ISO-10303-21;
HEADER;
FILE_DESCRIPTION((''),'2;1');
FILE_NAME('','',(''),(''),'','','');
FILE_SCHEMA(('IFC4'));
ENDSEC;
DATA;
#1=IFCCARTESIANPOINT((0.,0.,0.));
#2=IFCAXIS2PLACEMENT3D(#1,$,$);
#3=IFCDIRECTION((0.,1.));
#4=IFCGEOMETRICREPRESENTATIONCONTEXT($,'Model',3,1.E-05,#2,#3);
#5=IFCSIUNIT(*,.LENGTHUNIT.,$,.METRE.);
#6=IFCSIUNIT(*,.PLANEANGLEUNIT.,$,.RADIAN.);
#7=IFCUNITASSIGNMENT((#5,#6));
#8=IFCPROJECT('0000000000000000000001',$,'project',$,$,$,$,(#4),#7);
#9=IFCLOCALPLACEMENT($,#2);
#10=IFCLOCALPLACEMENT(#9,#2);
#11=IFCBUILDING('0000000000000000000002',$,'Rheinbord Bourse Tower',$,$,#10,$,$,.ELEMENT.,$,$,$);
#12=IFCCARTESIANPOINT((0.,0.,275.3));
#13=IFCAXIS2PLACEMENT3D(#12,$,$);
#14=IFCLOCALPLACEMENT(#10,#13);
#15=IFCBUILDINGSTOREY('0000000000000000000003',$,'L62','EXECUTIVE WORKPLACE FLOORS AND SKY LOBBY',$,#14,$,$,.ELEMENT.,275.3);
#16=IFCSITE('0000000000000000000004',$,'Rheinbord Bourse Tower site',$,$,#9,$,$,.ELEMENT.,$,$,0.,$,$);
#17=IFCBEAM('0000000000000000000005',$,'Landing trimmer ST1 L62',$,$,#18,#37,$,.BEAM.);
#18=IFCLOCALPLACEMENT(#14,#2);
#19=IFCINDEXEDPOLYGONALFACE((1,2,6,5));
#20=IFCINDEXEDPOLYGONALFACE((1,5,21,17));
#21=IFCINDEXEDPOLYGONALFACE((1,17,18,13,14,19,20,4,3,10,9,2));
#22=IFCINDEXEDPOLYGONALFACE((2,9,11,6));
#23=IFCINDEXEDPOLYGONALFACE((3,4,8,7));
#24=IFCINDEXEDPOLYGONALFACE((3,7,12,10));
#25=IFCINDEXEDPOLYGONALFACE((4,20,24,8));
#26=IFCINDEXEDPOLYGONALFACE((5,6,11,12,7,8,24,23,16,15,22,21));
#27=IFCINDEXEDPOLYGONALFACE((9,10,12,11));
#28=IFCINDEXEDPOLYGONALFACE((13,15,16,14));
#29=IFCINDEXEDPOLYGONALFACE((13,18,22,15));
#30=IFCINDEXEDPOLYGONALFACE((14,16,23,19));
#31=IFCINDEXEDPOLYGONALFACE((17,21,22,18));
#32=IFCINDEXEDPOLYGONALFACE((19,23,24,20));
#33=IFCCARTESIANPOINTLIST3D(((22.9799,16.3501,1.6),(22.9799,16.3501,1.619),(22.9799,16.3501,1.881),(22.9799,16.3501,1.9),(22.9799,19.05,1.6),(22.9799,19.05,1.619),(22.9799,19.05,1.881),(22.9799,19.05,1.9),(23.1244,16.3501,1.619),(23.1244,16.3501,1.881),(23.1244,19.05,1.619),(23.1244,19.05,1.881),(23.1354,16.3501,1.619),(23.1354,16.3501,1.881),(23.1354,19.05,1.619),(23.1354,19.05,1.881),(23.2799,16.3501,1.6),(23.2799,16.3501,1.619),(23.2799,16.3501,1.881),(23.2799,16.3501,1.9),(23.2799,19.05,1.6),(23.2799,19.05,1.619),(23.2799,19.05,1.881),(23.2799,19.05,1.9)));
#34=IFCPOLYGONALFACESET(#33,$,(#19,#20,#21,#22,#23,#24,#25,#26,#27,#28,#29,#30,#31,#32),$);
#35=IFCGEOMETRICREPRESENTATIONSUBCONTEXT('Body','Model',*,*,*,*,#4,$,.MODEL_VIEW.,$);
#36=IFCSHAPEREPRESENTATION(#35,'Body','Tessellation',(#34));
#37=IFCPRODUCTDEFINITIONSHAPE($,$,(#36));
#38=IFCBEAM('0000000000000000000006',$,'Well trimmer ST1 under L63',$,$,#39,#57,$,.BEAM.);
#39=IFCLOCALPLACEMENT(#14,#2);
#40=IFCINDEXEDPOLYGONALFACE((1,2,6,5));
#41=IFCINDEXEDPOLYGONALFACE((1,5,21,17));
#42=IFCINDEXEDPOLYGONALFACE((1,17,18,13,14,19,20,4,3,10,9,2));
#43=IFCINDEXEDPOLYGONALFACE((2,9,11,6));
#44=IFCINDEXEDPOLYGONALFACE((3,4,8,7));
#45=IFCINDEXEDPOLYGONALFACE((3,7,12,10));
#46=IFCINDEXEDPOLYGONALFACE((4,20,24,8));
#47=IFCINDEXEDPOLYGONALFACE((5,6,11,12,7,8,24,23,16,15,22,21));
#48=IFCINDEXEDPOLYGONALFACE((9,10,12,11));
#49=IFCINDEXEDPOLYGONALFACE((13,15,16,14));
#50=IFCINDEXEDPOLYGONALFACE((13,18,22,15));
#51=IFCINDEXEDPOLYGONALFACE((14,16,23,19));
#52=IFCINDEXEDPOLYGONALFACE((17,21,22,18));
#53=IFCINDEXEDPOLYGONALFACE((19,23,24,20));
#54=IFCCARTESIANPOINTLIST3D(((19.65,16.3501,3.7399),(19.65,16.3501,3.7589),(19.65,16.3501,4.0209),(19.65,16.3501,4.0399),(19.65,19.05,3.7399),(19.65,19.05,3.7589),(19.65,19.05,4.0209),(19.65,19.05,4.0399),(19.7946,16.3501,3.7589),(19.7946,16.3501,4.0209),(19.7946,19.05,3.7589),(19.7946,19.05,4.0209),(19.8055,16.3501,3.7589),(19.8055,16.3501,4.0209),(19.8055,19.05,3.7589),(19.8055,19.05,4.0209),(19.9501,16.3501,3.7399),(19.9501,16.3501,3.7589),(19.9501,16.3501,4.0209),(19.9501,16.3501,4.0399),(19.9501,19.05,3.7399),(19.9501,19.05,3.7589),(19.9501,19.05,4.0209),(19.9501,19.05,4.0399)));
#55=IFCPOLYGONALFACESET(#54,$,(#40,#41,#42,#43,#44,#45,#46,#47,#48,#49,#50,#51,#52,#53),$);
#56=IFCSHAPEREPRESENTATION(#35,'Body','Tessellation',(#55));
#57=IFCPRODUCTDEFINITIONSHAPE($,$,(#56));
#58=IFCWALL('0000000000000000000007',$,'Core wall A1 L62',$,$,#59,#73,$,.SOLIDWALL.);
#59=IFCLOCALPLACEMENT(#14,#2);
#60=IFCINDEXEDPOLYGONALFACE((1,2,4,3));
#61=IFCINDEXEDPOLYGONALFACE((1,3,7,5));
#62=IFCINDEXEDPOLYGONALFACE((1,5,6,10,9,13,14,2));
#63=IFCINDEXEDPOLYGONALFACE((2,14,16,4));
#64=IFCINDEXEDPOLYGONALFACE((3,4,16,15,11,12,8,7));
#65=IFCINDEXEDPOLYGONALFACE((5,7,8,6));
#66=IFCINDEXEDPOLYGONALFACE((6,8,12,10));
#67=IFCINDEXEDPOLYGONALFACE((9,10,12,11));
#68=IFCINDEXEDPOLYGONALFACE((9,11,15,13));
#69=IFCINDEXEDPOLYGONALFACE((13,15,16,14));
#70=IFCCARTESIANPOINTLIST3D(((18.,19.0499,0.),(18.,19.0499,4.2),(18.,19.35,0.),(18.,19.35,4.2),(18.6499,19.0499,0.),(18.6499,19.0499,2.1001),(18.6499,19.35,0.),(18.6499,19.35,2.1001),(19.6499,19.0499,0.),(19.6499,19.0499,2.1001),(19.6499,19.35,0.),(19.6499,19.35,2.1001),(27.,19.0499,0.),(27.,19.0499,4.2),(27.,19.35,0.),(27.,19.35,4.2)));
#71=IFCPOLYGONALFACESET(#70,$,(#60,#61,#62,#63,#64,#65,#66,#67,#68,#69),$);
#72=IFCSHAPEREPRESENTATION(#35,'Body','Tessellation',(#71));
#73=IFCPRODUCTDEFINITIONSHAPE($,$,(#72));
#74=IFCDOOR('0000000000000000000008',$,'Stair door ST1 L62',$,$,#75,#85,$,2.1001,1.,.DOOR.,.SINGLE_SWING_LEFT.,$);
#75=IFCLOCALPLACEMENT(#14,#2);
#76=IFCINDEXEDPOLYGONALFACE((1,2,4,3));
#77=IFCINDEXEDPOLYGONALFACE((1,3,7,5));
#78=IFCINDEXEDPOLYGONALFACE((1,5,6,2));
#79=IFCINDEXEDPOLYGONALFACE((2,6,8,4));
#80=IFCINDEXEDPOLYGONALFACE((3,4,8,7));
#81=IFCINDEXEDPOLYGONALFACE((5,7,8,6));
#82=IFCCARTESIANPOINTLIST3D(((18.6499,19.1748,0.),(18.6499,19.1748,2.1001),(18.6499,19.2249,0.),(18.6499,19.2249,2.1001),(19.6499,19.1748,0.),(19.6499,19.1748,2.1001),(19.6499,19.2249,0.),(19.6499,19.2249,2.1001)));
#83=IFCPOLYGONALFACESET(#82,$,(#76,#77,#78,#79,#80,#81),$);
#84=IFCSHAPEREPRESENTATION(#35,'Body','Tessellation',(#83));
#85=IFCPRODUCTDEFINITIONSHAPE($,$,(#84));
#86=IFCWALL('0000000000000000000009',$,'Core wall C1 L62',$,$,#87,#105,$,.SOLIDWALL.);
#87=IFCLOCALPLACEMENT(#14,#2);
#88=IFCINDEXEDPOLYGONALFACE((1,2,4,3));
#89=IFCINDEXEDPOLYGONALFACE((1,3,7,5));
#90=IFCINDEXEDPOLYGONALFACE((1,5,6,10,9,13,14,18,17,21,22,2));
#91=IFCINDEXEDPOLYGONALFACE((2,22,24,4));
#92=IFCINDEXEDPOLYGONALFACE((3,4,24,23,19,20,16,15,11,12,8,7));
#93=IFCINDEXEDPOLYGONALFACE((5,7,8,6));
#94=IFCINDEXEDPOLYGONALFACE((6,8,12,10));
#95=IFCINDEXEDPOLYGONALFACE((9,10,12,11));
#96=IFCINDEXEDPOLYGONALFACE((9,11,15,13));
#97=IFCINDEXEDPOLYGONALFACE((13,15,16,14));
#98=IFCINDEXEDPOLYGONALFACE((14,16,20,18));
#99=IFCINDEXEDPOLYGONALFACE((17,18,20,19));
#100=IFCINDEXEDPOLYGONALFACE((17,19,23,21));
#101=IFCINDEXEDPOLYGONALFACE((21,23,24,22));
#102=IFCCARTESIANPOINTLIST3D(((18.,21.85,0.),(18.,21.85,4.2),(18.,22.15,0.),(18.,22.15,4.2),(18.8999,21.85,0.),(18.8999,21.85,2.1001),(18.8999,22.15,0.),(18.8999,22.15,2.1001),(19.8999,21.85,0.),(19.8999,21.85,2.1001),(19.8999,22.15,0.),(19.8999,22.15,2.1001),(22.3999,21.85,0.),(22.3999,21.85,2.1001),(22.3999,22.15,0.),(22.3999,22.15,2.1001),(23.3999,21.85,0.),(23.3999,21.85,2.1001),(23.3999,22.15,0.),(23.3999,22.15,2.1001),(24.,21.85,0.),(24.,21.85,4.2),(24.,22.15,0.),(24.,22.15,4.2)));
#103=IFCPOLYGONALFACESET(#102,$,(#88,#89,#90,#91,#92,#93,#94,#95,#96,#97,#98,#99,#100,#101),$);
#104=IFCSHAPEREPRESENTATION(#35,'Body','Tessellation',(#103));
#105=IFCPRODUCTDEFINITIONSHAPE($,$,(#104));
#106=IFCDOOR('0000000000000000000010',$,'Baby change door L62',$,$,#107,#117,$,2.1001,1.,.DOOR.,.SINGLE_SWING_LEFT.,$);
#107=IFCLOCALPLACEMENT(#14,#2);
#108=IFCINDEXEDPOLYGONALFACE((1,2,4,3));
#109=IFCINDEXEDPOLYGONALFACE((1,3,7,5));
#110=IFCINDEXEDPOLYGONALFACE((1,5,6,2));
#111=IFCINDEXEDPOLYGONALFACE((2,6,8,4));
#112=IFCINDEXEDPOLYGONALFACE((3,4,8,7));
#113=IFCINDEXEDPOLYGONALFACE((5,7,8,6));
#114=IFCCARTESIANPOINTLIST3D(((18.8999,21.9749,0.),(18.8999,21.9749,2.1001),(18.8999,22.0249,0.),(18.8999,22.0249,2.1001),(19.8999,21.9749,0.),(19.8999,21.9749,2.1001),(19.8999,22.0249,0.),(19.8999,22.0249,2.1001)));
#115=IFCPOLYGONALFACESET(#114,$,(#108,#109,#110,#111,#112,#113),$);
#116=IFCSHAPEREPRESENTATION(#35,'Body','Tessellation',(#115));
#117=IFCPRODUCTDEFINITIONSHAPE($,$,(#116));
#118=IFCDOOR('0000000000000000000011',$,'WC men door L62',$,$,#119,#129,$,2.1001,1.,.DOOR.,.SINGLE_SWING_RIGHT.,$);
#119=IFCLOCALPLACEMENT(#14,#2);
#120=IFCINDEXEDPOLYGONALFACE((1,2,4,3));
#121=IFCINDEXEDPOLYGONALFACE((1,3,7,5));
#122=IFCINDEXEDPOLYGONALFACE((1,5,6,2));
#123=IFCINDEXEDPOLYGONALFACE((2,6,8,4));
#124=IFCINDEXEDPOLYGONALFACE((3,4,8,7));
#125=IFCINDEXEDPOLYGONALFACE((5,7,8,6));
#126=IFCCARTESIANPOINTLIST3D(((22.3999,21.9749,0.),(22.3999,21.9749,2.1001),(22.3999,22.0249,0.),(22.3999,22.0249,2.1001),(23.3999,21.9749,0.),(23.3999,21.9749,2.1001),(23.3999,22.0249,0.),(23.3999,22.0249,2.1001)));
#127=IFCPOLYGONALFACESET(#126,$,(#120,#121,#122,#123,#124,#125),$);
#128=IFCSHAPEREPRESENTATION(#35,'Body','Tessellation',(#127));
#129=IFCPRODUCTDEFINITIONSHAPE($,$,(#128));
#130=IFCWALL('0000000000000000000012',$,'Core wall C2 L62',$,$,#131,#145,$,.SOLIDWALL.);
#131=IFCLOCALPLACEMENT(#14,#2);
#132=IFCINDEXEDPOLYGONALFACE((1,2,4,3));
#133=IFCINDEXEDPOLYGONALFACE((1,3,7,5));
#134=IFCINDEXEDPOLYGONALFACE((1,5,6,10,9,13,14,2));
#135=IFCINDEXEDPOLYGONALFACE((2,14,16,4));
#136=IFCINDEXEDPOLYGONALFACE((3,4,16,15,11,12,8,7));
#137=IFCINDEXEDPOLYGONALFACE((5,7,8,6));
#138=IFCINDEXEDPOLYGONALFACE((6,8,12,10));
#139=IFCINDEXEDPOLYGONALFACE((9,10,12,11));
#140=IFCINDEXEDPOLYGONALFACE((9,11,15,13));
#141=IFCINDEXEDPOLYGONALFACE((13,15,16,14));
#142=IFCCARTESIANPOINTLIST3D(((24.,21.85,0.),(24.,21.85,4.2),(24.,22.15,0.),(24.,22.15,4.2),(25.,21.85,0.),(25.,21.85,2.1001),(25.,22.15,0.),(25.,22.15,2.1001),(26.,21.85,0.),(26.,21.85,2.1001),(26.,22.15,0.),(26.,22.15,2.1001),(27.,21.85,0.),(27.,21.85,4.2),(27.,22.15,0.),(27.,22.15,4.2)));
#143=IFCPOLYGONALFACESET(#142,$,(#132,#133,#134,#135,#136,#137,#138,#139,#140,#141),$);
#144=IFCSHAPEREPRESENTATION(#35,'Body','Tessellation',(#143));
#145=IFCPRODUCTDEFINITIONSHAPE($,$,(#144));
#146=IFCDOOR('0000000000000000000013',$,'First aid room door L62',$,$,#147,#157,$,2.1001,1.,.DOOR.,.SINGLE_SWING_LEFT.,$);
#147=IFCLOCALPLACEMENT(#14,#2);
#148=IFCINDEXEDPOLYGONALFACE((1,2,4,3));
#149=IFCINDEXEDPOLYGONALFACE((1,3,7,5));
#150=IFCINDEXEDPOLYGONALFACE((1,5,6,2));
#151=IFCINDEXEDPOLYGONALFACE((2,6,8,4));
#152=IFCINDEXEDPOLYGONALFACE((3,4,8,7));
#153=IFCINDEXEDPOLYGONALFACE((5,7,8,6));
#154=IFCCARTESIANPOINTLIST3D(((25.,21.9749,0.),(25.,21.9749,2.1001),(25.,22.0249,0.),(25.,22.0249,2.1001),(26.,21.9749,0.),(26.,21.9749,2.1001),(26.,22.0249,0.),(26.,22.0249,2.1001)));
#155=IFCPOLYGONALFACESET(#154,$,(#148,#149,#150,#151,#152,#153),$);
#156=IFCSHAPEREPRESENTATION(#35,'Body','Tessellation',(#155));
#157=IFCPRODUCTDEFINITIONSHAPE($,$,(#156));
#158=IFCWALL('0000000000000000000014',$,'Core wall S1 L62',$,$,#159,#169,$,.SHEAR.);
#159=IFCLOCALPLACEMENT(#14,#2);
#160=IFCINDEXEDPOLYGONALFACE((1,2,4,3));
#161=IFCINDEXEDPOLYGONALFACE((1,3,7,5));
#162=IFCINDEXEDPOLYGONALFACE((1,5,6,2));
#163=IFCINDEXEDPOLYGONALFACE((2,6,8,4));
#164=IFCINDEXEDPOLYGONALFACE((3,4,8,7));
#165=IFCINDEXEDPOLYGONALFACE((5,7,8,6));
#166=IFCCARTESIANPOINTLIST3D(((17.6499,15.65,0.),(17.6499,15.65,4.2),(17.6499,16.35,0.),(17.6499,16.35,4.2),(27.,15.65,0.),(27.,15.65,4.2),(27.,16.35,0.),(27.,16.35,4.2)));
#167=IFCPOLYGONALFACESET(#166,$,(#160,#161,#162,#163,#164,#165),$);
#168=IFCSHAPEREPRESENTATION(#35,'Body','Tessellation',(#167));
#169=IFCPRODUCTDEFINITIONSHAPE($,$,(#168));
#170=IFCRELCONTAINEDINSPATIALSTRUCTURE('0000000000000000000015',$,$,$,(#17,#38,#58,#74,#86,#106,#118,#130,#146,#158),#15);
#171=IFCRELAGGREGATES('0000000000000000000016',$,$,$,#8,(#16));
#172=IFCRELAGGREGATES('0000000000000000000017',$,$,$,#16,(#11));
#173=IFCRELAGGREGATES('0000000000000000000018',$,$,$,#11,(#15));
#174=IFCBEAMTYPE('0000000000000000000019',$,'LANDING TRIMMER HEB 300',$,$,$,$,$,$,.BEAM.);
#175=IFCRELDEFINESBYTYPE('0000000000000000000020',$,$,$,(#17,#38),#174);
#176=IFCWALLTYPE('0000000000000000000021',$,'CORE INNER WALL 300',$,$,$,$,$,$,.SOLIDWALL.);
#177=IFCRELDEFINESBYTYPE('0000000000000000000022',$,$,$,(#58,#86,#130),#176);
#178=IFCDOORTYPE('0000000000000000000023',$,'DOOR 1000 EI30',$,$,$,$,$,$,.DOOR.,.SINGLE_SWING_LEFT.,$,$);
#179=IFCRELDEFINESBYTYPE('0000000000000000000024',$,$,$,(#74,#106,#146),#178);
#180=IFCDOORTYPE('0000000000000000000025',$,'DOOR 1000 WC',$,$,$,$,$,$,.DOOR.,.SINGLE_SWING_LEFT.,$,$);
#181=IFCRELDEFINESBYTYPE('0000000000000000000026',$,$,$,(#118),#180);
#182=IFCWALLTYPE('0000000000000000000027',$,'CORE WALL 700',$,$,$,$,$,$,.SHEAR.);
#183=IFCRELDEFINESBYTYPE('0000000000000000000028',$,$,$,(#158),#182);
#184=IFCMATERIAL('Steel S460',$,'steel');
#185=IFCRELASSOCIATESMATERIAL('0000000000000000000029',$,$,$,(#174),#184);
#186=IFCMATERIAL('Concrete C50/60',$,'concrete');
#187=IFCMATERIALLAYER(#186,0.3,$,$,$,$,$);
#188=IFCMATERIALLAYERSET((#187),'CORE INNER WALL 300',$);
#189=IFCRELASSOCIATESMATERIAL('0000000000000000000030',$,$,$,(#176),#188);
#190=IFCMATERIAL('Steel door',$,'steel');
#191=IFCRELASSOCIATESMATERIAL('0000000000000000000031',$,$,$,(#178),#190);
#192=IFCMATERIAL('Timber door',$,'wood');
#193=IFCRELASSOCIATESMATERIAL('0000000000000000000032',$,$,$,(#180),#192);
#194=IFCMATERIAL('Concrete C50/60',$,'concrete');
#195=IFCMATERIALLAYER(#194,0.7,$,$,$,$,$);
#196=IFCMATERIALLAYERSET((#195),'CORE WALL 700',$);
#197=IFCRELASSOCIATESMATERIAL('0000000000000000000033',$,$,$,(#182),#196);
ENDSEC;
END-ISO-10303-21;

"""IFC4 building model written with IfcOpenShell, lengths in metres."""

from ifc_helpers import new_model, si_unit, direction, frame, frame_2d, origin, origin_2d, place, context, subcontext, project, spatial, rectangle, i_section, extrude, material, layer, layer_set, material_profile, profile_set, type_object, element, fill, save


model = new_model("IFC4")

# Units and contexts
model_context = context("Model", 3, precision=1e-05, world=origin(), true_north=direction((0.0, 1.0)))
body_context = subcontext(model_context, "Body", "Model", "MODEL_VIEW")
ifc_project = project(units=[si_unit("LENGTHUNIT", "METRE"), si_unit("PLANEANGLEUNIT", "RADIAN")], contexts=[model_context])

# Site, building, storey
site_placement = place(None, origin())
site = spatial("IfcSite", under=ifc_project, at=site_placement, Name="Rheinbord Bourse Tower site", CompositionType="ELEMENT", RefElevation=0.0)
building_placement = place(site_placement, origin())
building = spatial("IfcBuilding", under=site, at=building_placement, Name="Rheinbord Bourse Tower", CompositionType="ELEMENT")
storey_placement = place(building_placement, frame((0.0, 0.0, 275.3)))
storey = spatial("IfcBuildingStorey", under=building, at=storey_placement, Name="L62", Description="EXECUTIVE WORKPLACE FLOORS AND SKY LOBBY", CompositionType="ELEMENT", Elevation=275.3)

# Beams
ifc_material_1 = material(Name="Steel S460", Category="steel")
ifc_material_profile = material_profile(ifc_material_1, i_section(OverallWidth=0.3, OverallDepth=0.3, WebThickness=0.011, FlangeThickness=0.019, at=origin_2d()), Name="HEB 300")
ifc_profile_set = profile_set([ifc_material_profile], Name="Steel S460")
beam_type = type_object("IfcBeamType", Name="LANDING TRIMMER HEB 300", PredefinedType="BEAM", material=ifc_profile_set)
for number, where, z_axis, x_axis, name in (
    (1, (23.1299, 16.3501, 1.75), (0.0, 1.0, 0.0), (-1.0, 0.0, 0.0), "Landing trimmer ST1 L62"),
    (2, (19.8, 16.3501, 3.8899), (0.0, 1.0, 0.0), (-1.0, 0.0, 0.0), "Well trimmer ST1 under L63"),
):
    element("IfcBeam", number, at=place(storey_placement, frame(where, z_axis=z_axis, x_axis=x_axis)), inside=storey, type_object=beam_type, Name=name, PredefinedType="BEAM", context=body_context, shape_type="SweptSolid", body=[
        extrude(i_section(OverallWidth=0.3, OverallDepth=0.3, WebThickness=0.011, FlangeThickness=0.019, at=origin_2d()), origin(), (0.0, 0.0, 1.0), 2.7),
    ])

# Wall, opening, door
ifc_material_2 = material(Name="Concrete C50/60", Category="concrete")
ifc_layer_1 = layer(ifc_material_2, 0.3)
ifc_layer_set_1 = layer_set([ifc_layer_1], Name="CORE INNER WALL 300")
wall_type_1 = type_object("IfcWallType", Name="CORE INNER WALL 300", PredefinedType="SOLIDWALL", material=ifc_layer_set_1)
wall_1_placement = place(storey_placement, frame((18.0, 19.2, 0.0), z_axis=(0.0, 0.0, 1.0), x_axis=(1.0, 0.0, 0.0)))
wall_1 = element("IfcWall", 3, at=wall_1_placement, inside=storey, type_object=wall_type_1, Name="Core wall A1 L62", PredefinedType="SOLIDWALL", context=body_context, shape_type="SweptSolid", body=[
    extrude(rectangle(XDim=9.0, YDim=0.3, at=frame_2d((4.5, 0.0))), origin(), (0.0, 0.0, 1.0), 4.2),
])
opening_1_placement = place(wall_1_placement, frame((0.6499, 0.0, 0.0)))
opening_1 = element("IfcOpeningElement", 4, at=opening_1_placement, cuts=wall_1, PredefinedType="OPENING", context=body_context, shape_type="SweptSolid", body=[
    extrude(rectangle(XDim=1.0, YDim=2.1001, at=frame_2d((0.5, 1.05))), frame((0.0, 0.1599, 0.0), z_axis=(0.0, -1.0, 0.0), x_axis=(1.0, 0.0, 0.0)), (0.0, 0.0, 1.0), 0.3201),
])
ifc_material_3 = material(Name="Steel door", Category="steel")
door_type_1 = type_object("IfcDoorType", Name="DOOR 1000 EI30", OperationType="SINGLE_SWING_LEFT", PredefinedType="DOOR", material=ifc_material_3)
door_1_placement = place(opening_1_placement, origin())
door_1 = element("IfcDoor", 5, at=door_1_placement, inside=storey, type_object=door_type_1, Name="Stair door ST1 L62", OperationType="SINGLE_SWING_LEFT", OverallHeight=2.1001, OverallWidth=1.0, PredefinedType="DOOR", context=body_context, shape_type="SweptSolid", body=[
    extrude(rectangle(XDim=1.0, YDim=2.1001, at=frame_2d((0.5, 1.05))), frame((0.0, 0.0249, 0.0), z_axis=(0.0, -1.0, 0.0), x_axis=(1.0, 0.0, 0.0)), (0.0, 0.0, 1.0), 0.05),
])
fill(opening_1, door_1)

# Wall, openings, doors
wall_2_placement = place(storey_placement, frame((18.0, 22.0, 0.0), z_axis=(0.0, 0.0, 1.0), x_axis=(1.0, 0.0, 0.0)))
wall_2 = element("IfcWall", 6, at=wall_2_placement, inside=storey, type_object=wall_type_1, Name="Core wall C1 L62", PredefinedType="SOLIDWALL", context=body_context, shape_type="SweptSolid", body=[
    extrude(rectangle(XDim=6.0, YDim=0.3, at=frame_2d((3.0, 0.0))), origin(), (0.0, 0.0, 1.0), 4.2),
])
opening_2_placement = place(wall_2_placement, frame((4.3999, 0.0, 0.0)))
opening_2 = element("IfcOpeningElement", 7, at=opening_2_placement, cuts=wall_2, PredefinedType="OPENING", context=body_context, shape_type="SweptSolid", body=[
    extrude(rectangle(XDim=1.0, YDim=2.1001, at=frame_2d((0.5, 1.05))), frame((0.0, 0.1599, 0.0), z_axis=(0.0, -1.0, 0.0), x_axis=(1.0, 0.0, 0.0)), (0.0, 0.0, 1.0), 0.3201),
])
opening_3_placement = place(wall_2_placement, frame((0.8999, 0.0, 0.0)))
opening_3 = element("IfcOpeningElement", 8, at=opening_3_placement, cuts=wall_2, PredefinedType="OPENING", context=body_context, shape_type="SweptSolid", body=[
    extrude(rectangle(XDim=1.0, YDim=2.1001, at=frame_2d((0.5, 1.05))), frame((0.0, 0.1599, 0.0), z_axis=(0.0, -1.0, 0.0), x_axis=(1.0, 0.0, 0.0)), (0.0, 0.0, 1.0), 0.3201),
])
door_2_placement = place(opening_3_placement, origin())
door_2 = element("IfcDoor", 9, at=door_2_placement, inside=storey, type_object=door_type_1, Name="Baby change door L62", OperationType="SINGLE_SWING_LEFT", OverallHeight=2.1001, OverallWidth=1.0, PredefinedType="DOOR", context=body_context, shape_type="SweptSolid", body=[
    extrude(rectangle(XDim=1.0, YDim=2.1001, at=frame_2d((0.5, 1.05))), frame((0.0, 0.0249, 0.0), z_axis=(0.0, -1.0, 0.0), x_axis=(1.0, 0.0, 0.0)), (0.0, 0.0, 1.0), 0.05),
])
fill(opening_3, door_2)
ifc_material_4 = material(Name="Timber door", Category="wood")
door_type_2 = type_object("IfcDoorType", Name="DOOR 1000 WC", OperationType="SINGLE_SWING_LEFT", PredefinedType="DOOR", material=ifc_material_4)
door_3_placement = place(opening_2_placement, origin())
door_3 = element("IfcDoor", 10, at=door_3_placement, inside=storey, type_object=door_type_2, Name="WC men door L62", OperationType="SINGLE_SWING_RIGHT", OverallHeight=2.1001, OverallWidth=1.0, PredefinedType="DOOR", context=body_context, shape_type="SweptSolid", body=[
    extrude(rectangle(XDim=1.0, YDim=2.1001, at=frame_2d((0.5, 1.05))), frame((0.0, 0.0249, 0.0), z_axis=(0.0, -1.0, 0.0), x_axis=(1.0, 0.0, 0.0)), (0.0, 0.0, 1.0), 0.05),
])
fill(opening_2, door_3)

# Wall, opening, door
wall_3_placement = place(storey_placement, frame((24.0, 22.0, 0.0), z_axis=(0.0, 0.0, 1.0), x_axis=(1.0, 0.0, 0.0)))
wall_3 = element("IfcWall", 11, at=wall_3_placement, inside=storey, type_object=wall_type_1, Name="Core wall C2 L62", PredefinedType="SOLIDWALL", context=body_context, shape_type="SweptSolid", body=[
    extrude(rectangle(XDim=3.0, YDim=0.3, at=frame_2d((1.5, 0.0))), origin(), (0.0, 0.0, 1.0), 4.2),
])
opening_4_placement = place(wall_3_placement, frame((1.0, 0.0, 0.0)))
opening_4 = element("IfcOpeningElement", 12, at=opening_4_placement, cuts=wall_3, PredefinedType="OPENING", context=body_context, shape_type="SweptSolid", body=[
    extrude(rectangle(XDim=1.0, YDim=2.1001, at=frame_2d((0.5, 1.05))), frame((0.0, 0.1599, 0.0), z_axis=(0.0, -1.0, 0.0), x_axis=(1.0, 0.0, 0.0)), (0.0, 0.0, 1.0), 0.3201),
])
door_4_placement = place(opening_4_placement, origin())
door_4 = element("IfcDoor", 13, at=door_4_placement, inside=storey, type_object=door_type_1, Name="First aid room door L62", OperationType="SINGLE_SWING_LEFT", OverallHeight=2.1001, OverallWidth=1.0, PredefinedType="DOOR", context=body_context, shape_type="SweptSolid", body=[
    extrude(rectangle(XDim=1.0, YDim=2.1001, at=frame_2d((0.5, 1.05))), frame((0.0, 0.0249, 0.0), z_axis=(0.0, -1.0, 0.0), x_axis=(1.0, 0.0, 0.0)), (0.0, 0.0, 1.0), 0.05),
])
fill(opening_4, door_4)

# Wall
ifc_material_5 = material(Name="Concrete C50/60", Category="concrete")
ifc_layer_2 = layer(ifc_material_5, 0.7)
ifc_layer_set_2 = layer_set([ifc_layer_2], Name="CORE WALL 700")
wall_type_2 = type_object("IfcWallType", Name="CORE WALL 700", PredefinedType="SHEAR", material=ifc_layer_set_2)
wall_4_placement = place(storey_placement, frame((17.6499, 16.0, 0.0), z_axis=(0.0, 0.0, 1.0), x_axis=(1.0, 0.0, 0.0)))
element("IfcWall", 14, at=wall_4_placement, inside=storey, type_object=wall_type_2, Name="Core wall S1 L62", PredefinedType="SHEAR", context=body_context, shape_type="SweptSolid", body=[
    extrude(rectangle(XDim=9.3501, YDim=0.7, at=frame_2d((4.675, 0.0))), origin(), (0.0, 0.0, 1.0), 4.2),
])

save(model, "model.ifc")
